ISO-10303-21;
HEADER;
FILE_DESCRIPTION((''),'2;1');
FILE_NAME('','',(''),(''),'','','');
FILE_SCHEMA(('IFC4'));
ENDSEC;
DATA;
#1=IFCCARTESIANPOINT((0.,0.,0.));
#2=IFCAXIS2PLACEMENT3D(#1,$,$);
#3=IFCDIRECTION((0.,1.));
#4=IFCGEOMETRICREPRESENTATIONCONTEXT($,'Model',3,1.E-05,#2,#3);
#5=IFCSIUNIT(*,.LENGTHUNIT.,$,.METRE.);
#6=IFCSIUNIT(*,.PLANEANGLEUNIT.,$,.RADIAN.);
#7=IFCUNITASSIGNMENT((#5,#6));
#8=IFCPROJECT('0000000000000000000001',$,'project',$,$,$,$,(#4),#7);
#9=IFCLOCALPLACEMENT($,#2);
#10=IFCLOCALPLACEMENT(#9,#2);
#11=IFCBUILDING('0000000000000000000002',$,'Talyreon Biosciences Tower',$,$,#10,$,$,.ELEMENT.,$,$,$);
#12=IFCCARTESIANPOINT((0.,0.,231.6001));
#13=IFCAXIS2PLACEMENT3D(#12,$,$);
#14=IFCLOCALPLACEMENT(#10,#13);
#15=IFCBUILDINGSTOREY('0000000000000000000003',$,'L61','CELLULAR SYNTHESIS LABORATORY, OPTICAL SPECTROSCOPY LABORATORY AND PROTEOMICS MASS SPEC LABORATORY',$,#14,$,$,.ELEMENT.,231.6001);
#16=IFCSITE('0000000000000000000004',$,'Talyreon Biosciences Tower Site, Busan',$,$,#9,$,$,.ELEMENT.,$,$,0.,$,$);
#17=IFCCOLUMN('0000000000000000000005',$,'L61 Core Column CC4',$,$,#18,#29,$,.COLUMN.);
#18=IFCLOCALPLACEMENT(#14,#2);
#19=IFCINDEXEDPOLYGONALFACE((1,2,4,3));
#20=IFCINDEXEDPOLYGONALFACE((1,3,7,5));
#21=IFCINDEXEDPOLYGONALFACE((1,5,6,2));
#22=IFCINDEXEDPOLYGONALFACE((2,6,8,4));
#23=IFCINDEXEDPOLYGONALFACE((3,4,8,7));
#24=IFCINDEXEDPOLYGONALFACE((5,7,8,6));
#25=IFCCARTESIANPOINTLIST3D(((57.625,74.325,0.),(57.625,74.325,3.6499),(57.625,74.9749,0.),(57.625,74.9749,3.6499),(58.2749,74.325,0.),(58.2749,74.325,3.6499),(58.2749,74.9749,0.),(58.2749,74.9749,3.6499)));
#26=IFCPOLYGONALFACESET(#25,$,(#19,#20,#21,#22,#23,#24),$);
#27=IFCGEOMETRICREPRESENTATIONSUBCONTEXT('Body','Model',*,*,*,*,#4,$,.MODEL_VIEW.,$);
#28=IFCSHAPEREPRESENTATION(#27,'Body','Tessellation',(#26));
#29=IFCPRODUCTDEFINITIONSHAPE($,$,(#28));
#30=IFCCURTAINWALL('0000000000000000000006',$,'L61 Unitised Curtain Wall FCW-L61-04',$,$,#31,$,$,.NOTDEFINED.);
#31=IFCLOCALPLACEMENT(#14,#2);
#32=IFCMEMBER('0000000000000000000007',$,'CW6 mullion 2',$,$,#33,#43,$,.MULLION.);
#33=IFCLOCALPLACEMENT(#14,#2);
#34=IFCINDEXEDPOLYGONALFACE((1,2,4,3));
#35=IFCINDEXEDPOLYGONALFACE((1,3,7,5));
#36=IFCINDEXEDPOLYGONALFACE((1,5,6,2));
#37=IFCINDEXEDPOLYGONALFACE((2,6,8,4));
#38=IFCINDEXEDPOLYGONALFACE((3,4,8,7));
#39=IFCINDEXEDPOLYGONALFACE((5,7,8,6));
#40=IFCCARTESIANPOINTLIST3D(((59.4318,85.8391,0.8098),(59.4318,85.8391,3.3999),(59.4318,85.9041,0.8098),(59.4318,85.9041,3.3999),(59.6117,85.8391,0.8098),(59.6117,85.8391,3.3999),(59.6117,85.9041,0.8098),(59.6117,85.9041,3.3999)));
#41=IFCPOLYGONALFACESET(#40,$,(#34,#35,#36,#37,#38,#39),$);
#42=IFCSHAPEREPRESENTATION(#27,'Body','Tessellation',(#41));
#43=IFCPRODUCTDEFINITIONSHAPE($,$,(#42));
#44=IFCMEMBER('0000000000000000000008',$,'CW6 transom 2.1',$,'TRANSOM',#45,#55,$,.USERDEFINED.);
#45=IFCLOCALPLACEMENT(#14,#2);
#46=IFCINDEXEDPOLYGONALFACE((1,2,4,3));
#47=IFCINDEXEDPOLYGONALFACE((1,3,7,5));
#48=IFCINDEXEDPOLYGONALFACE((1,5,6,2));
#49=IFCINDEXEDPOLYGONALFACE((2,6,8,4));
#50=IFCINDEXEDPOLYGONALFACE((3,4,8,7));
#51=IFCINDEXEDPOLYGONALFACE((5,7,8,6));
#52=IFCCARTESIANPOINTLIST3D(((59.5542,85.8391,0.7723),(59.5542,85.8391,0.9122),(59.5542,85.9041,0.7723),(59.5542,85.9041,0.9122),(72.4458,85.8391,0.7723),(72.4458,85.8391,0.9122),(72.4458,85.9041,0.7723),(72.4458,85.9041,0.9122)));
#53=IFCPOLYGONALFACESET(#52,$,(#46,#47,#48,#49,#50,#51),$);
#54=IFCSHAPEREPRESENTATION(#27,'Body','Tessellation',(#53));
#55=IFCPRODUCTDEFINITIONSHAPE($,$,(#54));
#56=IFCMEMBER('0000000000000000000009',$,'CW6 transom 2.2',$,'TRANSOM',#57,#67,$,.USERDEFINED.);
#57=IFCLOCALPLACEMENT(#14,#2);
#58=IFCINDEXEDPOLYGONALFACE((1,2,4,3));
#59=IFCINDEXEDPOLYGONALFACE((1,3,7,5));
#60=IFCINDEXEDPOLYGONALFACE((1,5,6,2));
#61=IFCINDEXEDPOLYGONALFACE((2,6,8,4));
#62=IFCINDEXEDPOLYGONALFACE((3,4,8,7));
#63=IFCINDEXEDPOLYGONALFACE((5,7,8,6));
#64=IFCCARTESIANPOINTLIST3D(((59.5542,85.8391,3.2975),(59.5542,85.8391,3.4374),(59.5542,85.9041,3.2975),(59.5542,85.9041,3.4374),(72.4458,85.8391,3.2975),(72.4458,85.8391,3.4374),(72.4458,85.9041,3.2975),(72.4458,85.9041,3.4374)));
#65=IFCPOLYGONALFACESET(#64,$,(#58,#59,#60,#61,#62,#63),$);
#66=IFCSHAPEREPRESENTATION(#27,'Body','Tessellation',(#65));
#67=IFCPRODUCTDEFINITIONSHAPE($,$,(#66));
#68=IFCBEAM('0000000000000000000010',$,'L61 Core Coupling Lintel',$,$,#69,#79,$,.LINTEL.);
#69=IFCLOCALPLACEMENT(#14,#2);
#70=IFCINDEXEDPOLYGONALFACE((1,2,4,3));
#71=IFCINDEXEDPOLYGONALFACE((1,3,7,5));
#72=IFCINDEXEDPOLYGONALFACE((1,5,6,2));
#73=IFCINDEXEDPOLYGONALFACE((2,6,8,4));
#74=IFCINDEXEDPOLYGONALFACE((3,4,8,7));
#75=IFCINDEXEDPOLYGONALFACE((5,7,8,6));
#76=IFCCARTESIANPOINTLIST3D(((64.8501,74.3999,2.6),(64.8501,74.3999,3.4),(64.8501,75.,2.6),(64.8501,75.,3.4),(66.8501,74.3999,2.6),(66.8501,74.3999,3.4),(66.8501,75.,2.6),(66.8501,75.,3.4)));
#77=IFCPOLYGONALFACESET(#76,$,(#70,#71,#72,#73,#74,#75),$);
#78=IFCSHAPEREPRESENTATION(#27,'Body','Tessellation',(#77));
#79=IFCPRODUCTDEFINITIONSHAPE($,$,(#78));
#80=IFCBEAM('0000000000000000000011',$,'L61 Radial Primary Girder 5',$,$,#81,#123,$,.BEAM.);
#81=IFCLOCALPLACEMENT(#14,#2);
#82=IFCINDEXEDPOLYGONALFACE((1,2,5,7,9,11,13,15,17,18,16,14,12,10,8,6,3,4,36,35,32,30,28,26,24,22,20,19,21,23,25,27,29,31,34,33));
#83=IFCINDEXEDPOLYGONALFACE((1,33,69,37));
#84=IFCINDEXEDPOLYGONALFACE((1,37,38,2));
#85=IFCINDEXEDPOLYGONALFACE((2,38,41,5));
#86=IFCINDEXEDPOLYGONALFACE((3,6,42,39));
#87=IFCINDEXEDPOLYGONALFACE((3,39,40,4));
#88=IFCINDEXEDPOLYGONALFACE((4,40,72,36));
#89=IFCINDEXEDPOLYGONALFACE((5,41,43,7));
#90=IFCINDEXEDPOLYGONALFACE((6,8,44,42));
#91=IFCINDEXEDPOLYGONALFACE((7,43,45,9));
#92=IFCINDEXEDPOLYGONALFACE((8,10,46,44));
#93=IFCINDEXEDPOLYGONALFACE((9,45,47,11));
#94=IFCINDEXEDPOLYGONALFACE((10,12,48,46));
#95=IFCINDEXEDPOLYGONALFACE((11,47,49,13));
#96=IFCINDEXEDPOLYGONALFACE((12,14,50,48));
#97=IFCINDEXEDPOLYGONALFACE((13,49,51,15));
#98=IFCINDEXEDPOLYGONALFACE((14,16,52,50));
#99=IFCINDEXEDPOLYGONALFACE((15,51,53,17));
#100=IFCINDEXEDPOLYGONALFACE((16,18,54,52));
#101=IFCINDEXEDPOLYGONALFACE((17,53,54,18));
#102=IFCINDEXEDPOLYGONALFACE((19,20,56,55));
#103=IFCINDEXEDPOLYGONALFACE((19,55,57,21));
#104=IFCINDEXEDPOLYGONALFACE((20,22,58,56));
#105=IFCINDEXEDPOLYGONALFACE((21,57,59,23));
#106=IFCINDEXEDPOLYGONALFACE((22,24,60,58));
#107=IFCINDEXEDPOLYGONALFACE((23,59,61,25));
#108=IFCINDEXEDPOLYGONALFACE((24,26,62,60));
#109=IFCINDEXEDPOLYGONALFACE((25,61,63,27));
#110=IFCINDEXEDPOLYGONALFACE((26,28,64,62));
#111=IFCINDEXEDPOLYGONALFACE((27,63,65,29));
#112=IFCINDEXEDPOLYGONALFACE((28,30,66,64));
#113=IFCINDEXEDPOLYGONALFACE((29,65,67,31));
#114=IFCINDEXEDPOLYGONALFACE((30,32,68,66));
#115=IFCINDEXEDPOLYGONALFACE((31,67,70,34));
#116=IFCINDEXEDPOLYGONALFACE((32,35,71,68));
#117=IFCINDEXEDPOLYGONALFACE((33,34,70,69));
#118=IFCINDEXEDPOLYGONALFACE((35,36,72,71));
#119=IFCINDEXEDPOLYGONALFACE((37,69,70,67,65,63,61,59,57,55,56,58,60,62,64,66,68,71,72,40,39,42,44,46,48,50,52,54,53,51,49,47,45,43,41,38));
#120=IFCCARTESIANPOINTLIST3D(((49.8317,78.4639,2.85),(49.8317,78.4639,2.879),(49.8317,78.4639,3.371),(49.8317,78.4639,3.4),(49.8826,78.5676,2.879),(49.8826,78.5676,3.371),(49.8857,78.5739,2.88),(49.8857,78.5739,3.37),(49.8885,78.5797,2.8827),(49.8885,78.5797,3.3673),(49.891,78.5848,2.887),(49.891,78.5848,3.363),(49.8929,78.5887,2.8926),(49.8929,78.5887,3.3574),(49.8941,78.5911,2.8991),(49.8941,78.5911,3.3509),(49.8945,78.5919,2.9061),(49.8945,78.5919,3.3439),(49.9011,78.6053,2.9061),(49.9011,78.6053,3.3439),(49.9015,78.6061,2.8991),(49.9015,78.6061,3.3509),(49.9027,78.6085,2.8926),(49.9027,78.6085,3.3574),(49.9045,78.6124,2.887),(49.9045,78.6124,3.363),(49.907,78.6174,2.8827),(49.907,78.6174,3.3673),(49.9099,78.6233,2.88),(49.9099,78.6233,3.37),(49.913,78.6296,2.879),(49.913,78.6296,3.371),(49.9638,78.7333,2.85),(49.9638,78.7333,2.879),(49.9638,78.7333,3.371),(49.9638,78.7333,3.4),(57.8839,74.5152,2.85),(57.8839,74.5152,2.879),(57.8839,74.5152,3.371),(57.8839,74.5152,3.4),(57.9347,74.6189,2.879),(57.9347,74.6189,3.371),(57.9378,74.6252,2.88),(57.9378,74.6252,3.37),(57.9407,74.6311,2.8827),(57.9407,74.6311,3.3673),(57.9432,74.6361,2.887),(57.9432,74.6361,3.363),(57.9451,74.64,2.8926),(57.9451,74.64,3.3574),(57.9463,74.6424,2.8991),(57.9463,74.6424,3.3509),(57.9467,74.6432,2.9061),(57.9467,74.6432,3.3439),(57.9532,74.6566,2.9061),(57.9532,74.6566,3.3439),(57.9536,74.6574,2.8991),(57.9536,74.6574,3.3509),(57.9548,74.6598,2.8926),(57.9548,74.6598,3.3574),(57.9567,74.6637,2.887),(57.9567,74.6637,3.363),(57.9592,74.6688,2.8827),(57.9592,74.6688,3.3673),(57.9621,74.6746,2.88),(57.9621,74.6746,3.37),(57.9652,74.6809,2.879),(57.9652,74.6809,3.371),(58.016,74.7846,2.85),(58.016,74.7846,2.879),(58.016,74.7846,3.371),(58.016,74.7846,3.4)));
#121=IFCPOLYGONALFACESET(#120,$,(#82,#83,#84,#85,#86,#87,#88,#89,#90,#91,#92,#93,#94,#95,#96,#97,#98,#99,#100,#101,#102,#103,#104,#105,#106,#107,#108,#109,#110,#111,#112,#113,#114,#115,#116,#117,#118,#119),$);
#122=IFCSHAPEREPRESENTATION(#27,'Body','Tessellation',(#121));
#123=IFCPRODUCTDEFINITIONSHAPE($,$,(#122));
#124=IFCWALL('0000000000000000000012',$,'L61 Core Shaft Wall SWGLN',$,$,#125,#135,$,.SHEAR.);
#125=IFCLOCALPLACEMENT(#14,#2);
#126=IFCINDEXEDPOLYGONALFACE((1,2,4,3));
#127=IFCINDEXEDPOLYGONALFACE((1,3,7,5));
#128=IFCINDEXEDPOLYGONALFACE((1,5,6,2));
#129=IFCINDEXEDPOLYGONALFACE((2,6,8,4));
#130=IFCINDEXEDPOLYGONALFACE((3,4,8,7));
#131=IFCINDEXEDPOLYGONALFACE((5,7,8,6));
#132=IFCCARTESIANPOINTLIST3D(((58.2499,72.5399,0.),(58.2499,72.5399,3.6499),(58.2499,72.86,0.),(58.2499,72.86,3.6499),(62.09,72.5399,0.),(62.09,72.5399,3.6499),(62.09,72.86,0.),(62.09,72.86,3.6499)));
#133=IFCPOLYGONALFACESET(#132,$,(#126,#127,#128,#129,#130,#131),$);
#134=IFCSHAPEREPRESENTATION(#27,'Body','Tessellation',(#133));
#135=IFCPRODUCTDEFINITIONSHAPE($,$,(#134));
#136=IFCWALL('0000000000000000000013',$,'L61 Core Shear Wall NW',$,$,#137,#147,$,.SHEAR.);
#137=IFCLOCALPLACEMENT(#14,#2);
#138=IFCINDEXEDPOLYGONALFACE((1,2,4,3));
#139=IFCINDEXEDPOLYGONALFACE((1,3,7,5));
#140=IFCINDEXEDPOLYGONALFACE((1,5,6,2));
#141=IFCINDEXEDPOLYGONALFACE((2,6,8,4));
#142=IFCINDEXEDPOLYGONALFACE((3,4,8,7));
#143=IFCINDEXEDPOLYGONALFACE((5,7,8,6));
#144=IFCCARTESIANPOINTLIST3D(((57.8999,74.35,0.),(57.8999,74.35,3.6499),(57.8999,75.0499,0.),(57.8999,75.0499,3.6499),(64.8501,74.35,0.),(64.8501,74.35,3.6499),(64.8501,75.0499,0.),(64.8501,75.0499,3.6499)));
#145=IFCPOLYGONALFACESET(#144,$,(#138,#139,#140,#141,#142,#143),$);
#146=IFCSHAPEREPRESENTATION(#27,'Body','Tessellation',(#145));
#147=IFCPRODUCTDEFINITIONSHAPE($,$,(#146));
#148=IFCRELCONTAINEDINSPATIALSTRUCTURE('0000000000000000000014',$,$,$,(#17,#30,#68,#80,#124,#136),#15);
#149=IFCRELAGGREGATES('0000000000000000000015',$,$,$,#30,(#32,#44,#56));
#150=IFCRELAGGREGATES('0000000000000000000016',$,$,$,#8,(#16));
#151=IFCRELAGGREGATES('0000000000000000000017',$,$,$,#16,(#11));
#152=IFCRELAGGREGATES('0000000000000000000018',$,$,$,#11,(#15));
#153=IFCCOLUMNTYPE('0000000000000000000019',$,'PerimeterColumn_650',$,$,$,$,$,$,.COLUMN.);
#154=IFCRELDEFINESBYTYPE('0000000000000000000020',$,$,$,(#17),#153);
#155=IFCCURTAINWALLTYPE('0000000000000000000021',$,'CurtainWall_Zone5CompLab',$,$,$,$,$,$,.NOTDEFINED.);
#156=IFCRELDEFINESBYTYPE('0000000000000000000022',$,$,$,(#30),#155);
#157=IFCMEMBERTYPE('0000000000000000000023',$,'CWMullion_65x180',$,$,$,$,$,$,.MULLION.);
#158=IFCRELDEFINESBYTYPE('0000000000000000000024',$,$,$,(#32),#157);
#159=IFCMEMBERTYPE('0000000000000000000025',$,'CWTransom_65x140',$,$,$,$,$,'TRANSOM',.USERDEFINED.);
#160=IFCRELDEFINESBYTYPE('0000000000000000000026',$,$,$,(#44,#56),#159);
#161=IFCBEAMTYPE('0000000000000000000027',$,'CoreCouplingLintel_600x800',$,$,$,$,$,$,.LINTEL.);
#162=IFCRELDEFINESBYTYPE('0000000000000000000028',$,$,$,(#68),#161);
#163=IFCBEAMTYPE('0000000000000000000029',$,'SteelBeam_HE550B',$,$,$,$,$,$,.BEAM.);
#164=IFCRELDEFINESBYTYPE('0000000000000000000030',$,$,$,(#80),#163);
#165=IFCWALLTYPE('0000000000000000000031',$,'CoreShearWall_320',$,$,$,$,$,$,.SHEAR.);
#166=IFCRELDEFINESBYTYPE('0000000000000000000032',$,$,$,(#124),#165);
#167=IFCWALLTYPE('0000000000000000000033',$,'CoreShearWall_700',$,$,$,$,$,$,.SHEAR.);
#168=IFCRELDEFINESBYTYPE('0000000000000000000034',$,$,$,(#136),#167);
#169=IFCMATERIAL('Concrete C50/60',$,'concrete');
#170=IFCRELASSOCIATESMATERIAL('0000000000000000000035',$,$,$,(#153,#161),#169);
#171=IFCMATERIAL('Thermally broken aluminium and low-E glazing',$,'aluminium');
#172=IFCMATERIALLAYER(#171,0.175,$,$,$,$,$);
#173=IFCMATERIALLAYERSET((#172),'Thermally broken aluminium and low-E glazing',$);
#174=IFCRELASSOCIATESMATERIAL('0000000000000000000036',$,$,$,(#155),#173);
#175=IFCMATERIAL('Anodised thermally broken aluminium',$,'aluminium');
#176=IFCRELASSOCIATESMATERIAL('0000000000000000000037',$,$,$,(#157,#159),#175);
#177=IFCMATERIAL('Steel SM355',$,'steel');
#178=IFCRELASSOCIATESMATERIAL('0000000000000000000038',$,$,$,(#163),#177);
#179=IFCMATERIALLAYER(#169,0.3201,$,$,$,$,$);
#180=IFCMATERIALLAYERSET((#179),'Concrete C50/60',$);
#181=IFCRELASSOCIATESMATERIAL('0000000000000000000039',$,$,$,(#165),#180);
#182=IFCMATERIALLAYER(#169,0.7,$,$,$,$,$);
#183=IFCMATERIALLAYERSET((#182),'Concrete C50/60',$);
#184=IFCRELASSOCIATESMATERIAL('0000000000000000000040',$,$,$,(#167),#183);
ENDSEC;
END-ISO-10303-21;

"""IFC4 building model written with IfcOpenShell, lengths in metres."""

from ifc_helpers import new_model, si_unit, direction, frame, frame_2d, origin, origin_2d, place, context, subcontext, project, spatial, rectangle, i_section, extrude, material, layer, layer_set, material_profile, profile_set, type_object, element, aggregate, save


model = new_model("IFC4")

# Units and contexts
model_context = context("Model", 3, precision=1e-05, world=origin(), true_north=direction((0.0, 1.0)))
body_context = subcontext(model_context, "Body", "Model", "MODEL_VIEW")
ifc_project = project(units=[si_unit("LENGTHUNIT", "METRE"), si_unit("PLANEANGLEUNIT", "RADIAN")], contexts=[model_context])

# Site, building, storey
site_placement = place(None, origin())
site = spatial("IfcSite", under=ifc_project, at=site_placement, Name="Talyreon Biosciences Tower Site, Busan", CompositionType="ELEMENT", RefElevation=0.0)
building_placement = place(site_placement, origin())
building = spatial("IfcBuilding", under=site, at=building_placement, Name="Talyreon Biosciences Tower", CompositionType="ELEMENT")
storey_placement = place(building_placement, frame((0.0, 0.0, 231.6001)))
storey = spatial("IfcBuildingStorey", under=building, at=storey_placement, Name="L61", Description="CELLULAR SYNTHESIS LABORATORY, OPTICAL SPECTROSCOPY LABORATORY AND PROTEOMICS MASS SPEC LABORATORY", CompositionType="ELEMENT", Elevation=231.6001)

# Column
ifc_material_1 = material(Name="Concrete C50/60", Category="concrete")
ifc_material_profile_1 = material_profile(ifc_material_1, rectangle(XDim=0.6499, YDim=0.6499, at=origin_2d()), Name="RC 650x650")
ifc_profile_set_1 = profile_set([ifc_material_profile_1], Name="Concrete C50/60")
column_type = type_object("IfcColumnType", Name="PerimeterColumn_650", PredefinedType="COLUMN", material=ifc_profile_set_1)
column_placement = place(storey_placement, frame((57.95, 74.6499, 0.0), z_axis=(0.0, 0.0, 1.0), x_axis=(1.0, 0.0, 0.0)))
element("IfcColumn", 1, at=column_placement, inside=storey, type_object=column_type, Name="L61 Core Column CC4", PredefinedType="COLUMN", context=body_context, shape_type="SweptSolid", body=[
    extrude(rectangle(XDim=0.6499, YDim=0.6499, at=origin_2d()), origin(), (0.0, 0.0, 1.0), 3.6499),
])

# Curtain wall, members
ifc_material_2 = material(Name="Thermally broken aluminium and low-E glazing", Category="aluminium")
ifc_layer_1 = layer(ifc_material_2, 0.175)
ifc_layer_set_1 = layer_set([ifc_layer_1], Name="Thermally broken aluminium and low-E glazing")
curtain_wall_type = type_object("IfcCurtainWallType", Name="CurtainWall_Zone5CompLab", PredefinedType="NOTDEFINED", material=ifc_layer_set_1)
curtain_wall_placement = place(storey_placement, origin())
curtain_wall = element("IfcCurtainWall", 2, at=curtain_wall_placement, inside=storey, type_object=curtain_wall_type, Name="L61 Unitised Curtain Wall FCW-L61-04", PredefinedType="NOTDEFINED")
ifc_material_3 = material(Name="Anodised thermally broken aluminium", Category="aluminium")
ifc_material_profile_2 = material_profile(ifc_material_3, rectangle(XDim=0.0649, YDim=0.1799, at=origin_2d()), Name="ALUM MULLION 65x180")
ifc_profile_set_2 = profile_set([ifc_material_profile_2], Name="Anodised thermally broken aluminium")
member_type_1 = type_object("IfcMemberType", Name="CWMullion_65x180", PredefinedType="MULLION", material=ifc_profile_set_2)
member_1_placement = place(storey_placement, frame((59.5217, 85.8716, 0.8098), z_axis=(0.0, 0.0, 1.0), x_axis=(0.0, 1.0, 0.0)))
member_1 = element("IfcMember", 3, at=member_1_placement, type_object=member_type_1, Name="CW6 mullion 2", PredefinedType="MULLION", context=body_context, shape_type="SweptSolid", body=[
    extrude(rectangle(XDim=0.0649, YDim=0.1799, at=origin_2d()), origin(), (0.0, 0.0, 1.0), 2.5901),
])
ifc_material_profile_3 = material_profile(ifc_material_3, rectangle(XDim=0.0649, YDim=0.1399, at=origin_2d()), Name="ALUM TRANSOM 65x140")
ifc_profile_set_3 = profile_set([ifc_material_profile_3], Name="Anodised thermally broken aluminium")
member_type_2 = type_object("IfcMemberType", Name="CWTransom_65x140", ElementType="TRANSOM", PredefinedType="USERDEFINED", material=ifc_profile_set_3)
member_2_placement = place(storey_placement, frame((59.5542, 85.8716, 0.8423), z_axis=(1.0, 0.0, 0.0), x_axis=(0.0, 1.0, 0.0)))
member_2 = element("IfcMember", 4, at=member_2_placement, type_object=member_type_2, Name="CW6 transom 2.1", ObjectType="TRANSOM", PredefinedType="USERDEFINED", context=body_context, shape_type="SweptSolid", body=[
    extrude(rectangle(XDim=0.0649, YDim=0.1399, at=origin_2d()), origin(), (0.0, 0.0, 1.0), 12.8916),
])
member_3_placement = place(storey_placement, frame((59.5542, 85.8716, 3.3674), z_axis=(1.0, 0.0, 0.0), x_axis=(0.0, 1.0, 0.0)))
member_3 = element("IfcMember", 5, at=member_3_placement, type_object=member_type_2, Name="CW6 transom 2.2", ObjectType="TRANSOM", PredefinedType="USERDEFINED", context=body_context, shape_type="SweptSolid", body=[
    extrude(rectangle(XDim=0.0649, YDim=0.1399, at=origin_2d()), origin(), (0.0, 0.0, 1.0), 12.8916),
])
aggregate(curtain_wall, [member_1, member_2, member_3])

# Beams
ifc_material_profile_4 = material_profile(ifc_material_1, rectangle(XDim=0.6001, YDim=0.8, at=origin_2d()), Name="RCB 600x800")
ifc_profile_set_4 = profile_set([ifc_material_profile_4], Name="Concrete C50/60")
beam_type_1 = type_object("IfcBeamType", Name="CoreCouplingLintel_600x800", PredefinedType="LINTEL", material=ifc_profile_set_4)
beam_1_placement = place(storey_placement, frame((64.8501, 74.7, 3.0), z_axis=(1.0, 0.0, 0.0), x_axis=(0.0, 1.0, 0.0)))
element("IfcBeam", 6, at=beam_1_placement, inside=storey, type_object=beam_type_1, Name="L61 Core Coupling Lintel", PredefinedType="LINTEL", context=body_context, shape_type="SweptSolid", body=[
    extrude(rectangle(XDim=0.6001, YDim=0.8, at=origin_2d()), origin(), (0.0, 0.0, 1.0), 2.0),
])
ifc_material_4 = material(Name="Steel SM355", Category="steel")
ifc_material_profile_5 = material_profile(ifc_material_4, i_section(OverallWidth=0.3, OverallDepth=0.55, WebThickness=0.0149, FlangeThickness=0.0291, FilletRadius=0.0271, at=origin_2d()), Name="HE550B")
ifc_profile_set_5 = profile_set([ifc_material_profile_5], Name="Steel SM355")
beam_type_2 = type_object("IfcBeamType", Name="SteelBeam_HE550B", PredefinedType="BEAM", material=ifc_profile_set_5)
beam_2_placement = place(storey_placement, frame((57.95, 74.6499, 3.125), z_axis=(-0.897852, 0.440297, 0.0), x_axis=(-0.440297, -0.897852, 0.0)))
element("IfcBeam", 7, at=beam_2_placement, inside=storey, type_object=beam_type_2, Name="L61 Radial Primary Girder 5", PredefinedType="BEAM", context=body_context, shape_type="SweptSolid", body=[
    extrude(i_section(OverallWidth=0.3, OverallDepth=0.55, WebThickness=0.0149, FlangeThickness=0.0291, FilletRadius=0.0271, at=origin_2d()), origin(), (0.0, 0.0, 1.0), 8.9683),
])

# Walls
ifc_layer_2 = layer(ifc_material_1, 0.3201)
ifc_layer_set_2 = layer_set([ifc_layer_2], Name="Concrete C50/60")
wall_type_1 = type_object("IfcWallType", Name="CoreShearWall_320", PredefinedType="SHEAR", material=ifc_layer_set_2)
wall_1_placement = place(storey_placement, frame((58.25, 72.7, 0.0), z_axis=(0.0, 0.0, 1.0), x_axis=(1.0, 0.0, 0.0)))
element("IfcWall", 8, at=wall_1_placement, inside=storey, type_object=wall_type_1, Name="L61 Core Shaft Wall SWGLN", PredefinedType="SHEAR", context=body_context, shape_type="SweptSolid", body=[
    extrude(rectangle(XDim=3.8401, YDim=0.3201, at=frame_2d((1.9199, 0.0))), origin(), (0.0, 0.0, 1.0), 3.6499),
])
ifc_layer_3 = layer(ifc_material_1, 0.7)
ifc_layer_set_3 = layer_set([ifc_layer_3], Name="Concrete C50/60")
wall_type_2 = type_object("IfcWallType", Name="CoreShearWall_700", PredefinedType="SHEAR", material=ifc_layer_set_3)
wall_2_placement = place(storey_placement, frame((64.8501, 74.7, 0.0), z_axis=(0.0, 0.0, 1.0), x_axis=(-1.0, 0.0, 0.0)))
element("IfcWall", 9, at=wall_2_placement, inside=storey, type_object=wall_type_2, Name="L61 Core Shear Wall NW", PredefinedType="SHEAR", context=body_context, shape_type="SweptSolid", body=[
    extrude(rectangle(XDim=6.9502, YDim=0.7, at=frame_2d((3.4751, 0.0))), origin(), (0.0, 0.0, 1.0), 3.6499),
])

save(model, "model.ifc")
